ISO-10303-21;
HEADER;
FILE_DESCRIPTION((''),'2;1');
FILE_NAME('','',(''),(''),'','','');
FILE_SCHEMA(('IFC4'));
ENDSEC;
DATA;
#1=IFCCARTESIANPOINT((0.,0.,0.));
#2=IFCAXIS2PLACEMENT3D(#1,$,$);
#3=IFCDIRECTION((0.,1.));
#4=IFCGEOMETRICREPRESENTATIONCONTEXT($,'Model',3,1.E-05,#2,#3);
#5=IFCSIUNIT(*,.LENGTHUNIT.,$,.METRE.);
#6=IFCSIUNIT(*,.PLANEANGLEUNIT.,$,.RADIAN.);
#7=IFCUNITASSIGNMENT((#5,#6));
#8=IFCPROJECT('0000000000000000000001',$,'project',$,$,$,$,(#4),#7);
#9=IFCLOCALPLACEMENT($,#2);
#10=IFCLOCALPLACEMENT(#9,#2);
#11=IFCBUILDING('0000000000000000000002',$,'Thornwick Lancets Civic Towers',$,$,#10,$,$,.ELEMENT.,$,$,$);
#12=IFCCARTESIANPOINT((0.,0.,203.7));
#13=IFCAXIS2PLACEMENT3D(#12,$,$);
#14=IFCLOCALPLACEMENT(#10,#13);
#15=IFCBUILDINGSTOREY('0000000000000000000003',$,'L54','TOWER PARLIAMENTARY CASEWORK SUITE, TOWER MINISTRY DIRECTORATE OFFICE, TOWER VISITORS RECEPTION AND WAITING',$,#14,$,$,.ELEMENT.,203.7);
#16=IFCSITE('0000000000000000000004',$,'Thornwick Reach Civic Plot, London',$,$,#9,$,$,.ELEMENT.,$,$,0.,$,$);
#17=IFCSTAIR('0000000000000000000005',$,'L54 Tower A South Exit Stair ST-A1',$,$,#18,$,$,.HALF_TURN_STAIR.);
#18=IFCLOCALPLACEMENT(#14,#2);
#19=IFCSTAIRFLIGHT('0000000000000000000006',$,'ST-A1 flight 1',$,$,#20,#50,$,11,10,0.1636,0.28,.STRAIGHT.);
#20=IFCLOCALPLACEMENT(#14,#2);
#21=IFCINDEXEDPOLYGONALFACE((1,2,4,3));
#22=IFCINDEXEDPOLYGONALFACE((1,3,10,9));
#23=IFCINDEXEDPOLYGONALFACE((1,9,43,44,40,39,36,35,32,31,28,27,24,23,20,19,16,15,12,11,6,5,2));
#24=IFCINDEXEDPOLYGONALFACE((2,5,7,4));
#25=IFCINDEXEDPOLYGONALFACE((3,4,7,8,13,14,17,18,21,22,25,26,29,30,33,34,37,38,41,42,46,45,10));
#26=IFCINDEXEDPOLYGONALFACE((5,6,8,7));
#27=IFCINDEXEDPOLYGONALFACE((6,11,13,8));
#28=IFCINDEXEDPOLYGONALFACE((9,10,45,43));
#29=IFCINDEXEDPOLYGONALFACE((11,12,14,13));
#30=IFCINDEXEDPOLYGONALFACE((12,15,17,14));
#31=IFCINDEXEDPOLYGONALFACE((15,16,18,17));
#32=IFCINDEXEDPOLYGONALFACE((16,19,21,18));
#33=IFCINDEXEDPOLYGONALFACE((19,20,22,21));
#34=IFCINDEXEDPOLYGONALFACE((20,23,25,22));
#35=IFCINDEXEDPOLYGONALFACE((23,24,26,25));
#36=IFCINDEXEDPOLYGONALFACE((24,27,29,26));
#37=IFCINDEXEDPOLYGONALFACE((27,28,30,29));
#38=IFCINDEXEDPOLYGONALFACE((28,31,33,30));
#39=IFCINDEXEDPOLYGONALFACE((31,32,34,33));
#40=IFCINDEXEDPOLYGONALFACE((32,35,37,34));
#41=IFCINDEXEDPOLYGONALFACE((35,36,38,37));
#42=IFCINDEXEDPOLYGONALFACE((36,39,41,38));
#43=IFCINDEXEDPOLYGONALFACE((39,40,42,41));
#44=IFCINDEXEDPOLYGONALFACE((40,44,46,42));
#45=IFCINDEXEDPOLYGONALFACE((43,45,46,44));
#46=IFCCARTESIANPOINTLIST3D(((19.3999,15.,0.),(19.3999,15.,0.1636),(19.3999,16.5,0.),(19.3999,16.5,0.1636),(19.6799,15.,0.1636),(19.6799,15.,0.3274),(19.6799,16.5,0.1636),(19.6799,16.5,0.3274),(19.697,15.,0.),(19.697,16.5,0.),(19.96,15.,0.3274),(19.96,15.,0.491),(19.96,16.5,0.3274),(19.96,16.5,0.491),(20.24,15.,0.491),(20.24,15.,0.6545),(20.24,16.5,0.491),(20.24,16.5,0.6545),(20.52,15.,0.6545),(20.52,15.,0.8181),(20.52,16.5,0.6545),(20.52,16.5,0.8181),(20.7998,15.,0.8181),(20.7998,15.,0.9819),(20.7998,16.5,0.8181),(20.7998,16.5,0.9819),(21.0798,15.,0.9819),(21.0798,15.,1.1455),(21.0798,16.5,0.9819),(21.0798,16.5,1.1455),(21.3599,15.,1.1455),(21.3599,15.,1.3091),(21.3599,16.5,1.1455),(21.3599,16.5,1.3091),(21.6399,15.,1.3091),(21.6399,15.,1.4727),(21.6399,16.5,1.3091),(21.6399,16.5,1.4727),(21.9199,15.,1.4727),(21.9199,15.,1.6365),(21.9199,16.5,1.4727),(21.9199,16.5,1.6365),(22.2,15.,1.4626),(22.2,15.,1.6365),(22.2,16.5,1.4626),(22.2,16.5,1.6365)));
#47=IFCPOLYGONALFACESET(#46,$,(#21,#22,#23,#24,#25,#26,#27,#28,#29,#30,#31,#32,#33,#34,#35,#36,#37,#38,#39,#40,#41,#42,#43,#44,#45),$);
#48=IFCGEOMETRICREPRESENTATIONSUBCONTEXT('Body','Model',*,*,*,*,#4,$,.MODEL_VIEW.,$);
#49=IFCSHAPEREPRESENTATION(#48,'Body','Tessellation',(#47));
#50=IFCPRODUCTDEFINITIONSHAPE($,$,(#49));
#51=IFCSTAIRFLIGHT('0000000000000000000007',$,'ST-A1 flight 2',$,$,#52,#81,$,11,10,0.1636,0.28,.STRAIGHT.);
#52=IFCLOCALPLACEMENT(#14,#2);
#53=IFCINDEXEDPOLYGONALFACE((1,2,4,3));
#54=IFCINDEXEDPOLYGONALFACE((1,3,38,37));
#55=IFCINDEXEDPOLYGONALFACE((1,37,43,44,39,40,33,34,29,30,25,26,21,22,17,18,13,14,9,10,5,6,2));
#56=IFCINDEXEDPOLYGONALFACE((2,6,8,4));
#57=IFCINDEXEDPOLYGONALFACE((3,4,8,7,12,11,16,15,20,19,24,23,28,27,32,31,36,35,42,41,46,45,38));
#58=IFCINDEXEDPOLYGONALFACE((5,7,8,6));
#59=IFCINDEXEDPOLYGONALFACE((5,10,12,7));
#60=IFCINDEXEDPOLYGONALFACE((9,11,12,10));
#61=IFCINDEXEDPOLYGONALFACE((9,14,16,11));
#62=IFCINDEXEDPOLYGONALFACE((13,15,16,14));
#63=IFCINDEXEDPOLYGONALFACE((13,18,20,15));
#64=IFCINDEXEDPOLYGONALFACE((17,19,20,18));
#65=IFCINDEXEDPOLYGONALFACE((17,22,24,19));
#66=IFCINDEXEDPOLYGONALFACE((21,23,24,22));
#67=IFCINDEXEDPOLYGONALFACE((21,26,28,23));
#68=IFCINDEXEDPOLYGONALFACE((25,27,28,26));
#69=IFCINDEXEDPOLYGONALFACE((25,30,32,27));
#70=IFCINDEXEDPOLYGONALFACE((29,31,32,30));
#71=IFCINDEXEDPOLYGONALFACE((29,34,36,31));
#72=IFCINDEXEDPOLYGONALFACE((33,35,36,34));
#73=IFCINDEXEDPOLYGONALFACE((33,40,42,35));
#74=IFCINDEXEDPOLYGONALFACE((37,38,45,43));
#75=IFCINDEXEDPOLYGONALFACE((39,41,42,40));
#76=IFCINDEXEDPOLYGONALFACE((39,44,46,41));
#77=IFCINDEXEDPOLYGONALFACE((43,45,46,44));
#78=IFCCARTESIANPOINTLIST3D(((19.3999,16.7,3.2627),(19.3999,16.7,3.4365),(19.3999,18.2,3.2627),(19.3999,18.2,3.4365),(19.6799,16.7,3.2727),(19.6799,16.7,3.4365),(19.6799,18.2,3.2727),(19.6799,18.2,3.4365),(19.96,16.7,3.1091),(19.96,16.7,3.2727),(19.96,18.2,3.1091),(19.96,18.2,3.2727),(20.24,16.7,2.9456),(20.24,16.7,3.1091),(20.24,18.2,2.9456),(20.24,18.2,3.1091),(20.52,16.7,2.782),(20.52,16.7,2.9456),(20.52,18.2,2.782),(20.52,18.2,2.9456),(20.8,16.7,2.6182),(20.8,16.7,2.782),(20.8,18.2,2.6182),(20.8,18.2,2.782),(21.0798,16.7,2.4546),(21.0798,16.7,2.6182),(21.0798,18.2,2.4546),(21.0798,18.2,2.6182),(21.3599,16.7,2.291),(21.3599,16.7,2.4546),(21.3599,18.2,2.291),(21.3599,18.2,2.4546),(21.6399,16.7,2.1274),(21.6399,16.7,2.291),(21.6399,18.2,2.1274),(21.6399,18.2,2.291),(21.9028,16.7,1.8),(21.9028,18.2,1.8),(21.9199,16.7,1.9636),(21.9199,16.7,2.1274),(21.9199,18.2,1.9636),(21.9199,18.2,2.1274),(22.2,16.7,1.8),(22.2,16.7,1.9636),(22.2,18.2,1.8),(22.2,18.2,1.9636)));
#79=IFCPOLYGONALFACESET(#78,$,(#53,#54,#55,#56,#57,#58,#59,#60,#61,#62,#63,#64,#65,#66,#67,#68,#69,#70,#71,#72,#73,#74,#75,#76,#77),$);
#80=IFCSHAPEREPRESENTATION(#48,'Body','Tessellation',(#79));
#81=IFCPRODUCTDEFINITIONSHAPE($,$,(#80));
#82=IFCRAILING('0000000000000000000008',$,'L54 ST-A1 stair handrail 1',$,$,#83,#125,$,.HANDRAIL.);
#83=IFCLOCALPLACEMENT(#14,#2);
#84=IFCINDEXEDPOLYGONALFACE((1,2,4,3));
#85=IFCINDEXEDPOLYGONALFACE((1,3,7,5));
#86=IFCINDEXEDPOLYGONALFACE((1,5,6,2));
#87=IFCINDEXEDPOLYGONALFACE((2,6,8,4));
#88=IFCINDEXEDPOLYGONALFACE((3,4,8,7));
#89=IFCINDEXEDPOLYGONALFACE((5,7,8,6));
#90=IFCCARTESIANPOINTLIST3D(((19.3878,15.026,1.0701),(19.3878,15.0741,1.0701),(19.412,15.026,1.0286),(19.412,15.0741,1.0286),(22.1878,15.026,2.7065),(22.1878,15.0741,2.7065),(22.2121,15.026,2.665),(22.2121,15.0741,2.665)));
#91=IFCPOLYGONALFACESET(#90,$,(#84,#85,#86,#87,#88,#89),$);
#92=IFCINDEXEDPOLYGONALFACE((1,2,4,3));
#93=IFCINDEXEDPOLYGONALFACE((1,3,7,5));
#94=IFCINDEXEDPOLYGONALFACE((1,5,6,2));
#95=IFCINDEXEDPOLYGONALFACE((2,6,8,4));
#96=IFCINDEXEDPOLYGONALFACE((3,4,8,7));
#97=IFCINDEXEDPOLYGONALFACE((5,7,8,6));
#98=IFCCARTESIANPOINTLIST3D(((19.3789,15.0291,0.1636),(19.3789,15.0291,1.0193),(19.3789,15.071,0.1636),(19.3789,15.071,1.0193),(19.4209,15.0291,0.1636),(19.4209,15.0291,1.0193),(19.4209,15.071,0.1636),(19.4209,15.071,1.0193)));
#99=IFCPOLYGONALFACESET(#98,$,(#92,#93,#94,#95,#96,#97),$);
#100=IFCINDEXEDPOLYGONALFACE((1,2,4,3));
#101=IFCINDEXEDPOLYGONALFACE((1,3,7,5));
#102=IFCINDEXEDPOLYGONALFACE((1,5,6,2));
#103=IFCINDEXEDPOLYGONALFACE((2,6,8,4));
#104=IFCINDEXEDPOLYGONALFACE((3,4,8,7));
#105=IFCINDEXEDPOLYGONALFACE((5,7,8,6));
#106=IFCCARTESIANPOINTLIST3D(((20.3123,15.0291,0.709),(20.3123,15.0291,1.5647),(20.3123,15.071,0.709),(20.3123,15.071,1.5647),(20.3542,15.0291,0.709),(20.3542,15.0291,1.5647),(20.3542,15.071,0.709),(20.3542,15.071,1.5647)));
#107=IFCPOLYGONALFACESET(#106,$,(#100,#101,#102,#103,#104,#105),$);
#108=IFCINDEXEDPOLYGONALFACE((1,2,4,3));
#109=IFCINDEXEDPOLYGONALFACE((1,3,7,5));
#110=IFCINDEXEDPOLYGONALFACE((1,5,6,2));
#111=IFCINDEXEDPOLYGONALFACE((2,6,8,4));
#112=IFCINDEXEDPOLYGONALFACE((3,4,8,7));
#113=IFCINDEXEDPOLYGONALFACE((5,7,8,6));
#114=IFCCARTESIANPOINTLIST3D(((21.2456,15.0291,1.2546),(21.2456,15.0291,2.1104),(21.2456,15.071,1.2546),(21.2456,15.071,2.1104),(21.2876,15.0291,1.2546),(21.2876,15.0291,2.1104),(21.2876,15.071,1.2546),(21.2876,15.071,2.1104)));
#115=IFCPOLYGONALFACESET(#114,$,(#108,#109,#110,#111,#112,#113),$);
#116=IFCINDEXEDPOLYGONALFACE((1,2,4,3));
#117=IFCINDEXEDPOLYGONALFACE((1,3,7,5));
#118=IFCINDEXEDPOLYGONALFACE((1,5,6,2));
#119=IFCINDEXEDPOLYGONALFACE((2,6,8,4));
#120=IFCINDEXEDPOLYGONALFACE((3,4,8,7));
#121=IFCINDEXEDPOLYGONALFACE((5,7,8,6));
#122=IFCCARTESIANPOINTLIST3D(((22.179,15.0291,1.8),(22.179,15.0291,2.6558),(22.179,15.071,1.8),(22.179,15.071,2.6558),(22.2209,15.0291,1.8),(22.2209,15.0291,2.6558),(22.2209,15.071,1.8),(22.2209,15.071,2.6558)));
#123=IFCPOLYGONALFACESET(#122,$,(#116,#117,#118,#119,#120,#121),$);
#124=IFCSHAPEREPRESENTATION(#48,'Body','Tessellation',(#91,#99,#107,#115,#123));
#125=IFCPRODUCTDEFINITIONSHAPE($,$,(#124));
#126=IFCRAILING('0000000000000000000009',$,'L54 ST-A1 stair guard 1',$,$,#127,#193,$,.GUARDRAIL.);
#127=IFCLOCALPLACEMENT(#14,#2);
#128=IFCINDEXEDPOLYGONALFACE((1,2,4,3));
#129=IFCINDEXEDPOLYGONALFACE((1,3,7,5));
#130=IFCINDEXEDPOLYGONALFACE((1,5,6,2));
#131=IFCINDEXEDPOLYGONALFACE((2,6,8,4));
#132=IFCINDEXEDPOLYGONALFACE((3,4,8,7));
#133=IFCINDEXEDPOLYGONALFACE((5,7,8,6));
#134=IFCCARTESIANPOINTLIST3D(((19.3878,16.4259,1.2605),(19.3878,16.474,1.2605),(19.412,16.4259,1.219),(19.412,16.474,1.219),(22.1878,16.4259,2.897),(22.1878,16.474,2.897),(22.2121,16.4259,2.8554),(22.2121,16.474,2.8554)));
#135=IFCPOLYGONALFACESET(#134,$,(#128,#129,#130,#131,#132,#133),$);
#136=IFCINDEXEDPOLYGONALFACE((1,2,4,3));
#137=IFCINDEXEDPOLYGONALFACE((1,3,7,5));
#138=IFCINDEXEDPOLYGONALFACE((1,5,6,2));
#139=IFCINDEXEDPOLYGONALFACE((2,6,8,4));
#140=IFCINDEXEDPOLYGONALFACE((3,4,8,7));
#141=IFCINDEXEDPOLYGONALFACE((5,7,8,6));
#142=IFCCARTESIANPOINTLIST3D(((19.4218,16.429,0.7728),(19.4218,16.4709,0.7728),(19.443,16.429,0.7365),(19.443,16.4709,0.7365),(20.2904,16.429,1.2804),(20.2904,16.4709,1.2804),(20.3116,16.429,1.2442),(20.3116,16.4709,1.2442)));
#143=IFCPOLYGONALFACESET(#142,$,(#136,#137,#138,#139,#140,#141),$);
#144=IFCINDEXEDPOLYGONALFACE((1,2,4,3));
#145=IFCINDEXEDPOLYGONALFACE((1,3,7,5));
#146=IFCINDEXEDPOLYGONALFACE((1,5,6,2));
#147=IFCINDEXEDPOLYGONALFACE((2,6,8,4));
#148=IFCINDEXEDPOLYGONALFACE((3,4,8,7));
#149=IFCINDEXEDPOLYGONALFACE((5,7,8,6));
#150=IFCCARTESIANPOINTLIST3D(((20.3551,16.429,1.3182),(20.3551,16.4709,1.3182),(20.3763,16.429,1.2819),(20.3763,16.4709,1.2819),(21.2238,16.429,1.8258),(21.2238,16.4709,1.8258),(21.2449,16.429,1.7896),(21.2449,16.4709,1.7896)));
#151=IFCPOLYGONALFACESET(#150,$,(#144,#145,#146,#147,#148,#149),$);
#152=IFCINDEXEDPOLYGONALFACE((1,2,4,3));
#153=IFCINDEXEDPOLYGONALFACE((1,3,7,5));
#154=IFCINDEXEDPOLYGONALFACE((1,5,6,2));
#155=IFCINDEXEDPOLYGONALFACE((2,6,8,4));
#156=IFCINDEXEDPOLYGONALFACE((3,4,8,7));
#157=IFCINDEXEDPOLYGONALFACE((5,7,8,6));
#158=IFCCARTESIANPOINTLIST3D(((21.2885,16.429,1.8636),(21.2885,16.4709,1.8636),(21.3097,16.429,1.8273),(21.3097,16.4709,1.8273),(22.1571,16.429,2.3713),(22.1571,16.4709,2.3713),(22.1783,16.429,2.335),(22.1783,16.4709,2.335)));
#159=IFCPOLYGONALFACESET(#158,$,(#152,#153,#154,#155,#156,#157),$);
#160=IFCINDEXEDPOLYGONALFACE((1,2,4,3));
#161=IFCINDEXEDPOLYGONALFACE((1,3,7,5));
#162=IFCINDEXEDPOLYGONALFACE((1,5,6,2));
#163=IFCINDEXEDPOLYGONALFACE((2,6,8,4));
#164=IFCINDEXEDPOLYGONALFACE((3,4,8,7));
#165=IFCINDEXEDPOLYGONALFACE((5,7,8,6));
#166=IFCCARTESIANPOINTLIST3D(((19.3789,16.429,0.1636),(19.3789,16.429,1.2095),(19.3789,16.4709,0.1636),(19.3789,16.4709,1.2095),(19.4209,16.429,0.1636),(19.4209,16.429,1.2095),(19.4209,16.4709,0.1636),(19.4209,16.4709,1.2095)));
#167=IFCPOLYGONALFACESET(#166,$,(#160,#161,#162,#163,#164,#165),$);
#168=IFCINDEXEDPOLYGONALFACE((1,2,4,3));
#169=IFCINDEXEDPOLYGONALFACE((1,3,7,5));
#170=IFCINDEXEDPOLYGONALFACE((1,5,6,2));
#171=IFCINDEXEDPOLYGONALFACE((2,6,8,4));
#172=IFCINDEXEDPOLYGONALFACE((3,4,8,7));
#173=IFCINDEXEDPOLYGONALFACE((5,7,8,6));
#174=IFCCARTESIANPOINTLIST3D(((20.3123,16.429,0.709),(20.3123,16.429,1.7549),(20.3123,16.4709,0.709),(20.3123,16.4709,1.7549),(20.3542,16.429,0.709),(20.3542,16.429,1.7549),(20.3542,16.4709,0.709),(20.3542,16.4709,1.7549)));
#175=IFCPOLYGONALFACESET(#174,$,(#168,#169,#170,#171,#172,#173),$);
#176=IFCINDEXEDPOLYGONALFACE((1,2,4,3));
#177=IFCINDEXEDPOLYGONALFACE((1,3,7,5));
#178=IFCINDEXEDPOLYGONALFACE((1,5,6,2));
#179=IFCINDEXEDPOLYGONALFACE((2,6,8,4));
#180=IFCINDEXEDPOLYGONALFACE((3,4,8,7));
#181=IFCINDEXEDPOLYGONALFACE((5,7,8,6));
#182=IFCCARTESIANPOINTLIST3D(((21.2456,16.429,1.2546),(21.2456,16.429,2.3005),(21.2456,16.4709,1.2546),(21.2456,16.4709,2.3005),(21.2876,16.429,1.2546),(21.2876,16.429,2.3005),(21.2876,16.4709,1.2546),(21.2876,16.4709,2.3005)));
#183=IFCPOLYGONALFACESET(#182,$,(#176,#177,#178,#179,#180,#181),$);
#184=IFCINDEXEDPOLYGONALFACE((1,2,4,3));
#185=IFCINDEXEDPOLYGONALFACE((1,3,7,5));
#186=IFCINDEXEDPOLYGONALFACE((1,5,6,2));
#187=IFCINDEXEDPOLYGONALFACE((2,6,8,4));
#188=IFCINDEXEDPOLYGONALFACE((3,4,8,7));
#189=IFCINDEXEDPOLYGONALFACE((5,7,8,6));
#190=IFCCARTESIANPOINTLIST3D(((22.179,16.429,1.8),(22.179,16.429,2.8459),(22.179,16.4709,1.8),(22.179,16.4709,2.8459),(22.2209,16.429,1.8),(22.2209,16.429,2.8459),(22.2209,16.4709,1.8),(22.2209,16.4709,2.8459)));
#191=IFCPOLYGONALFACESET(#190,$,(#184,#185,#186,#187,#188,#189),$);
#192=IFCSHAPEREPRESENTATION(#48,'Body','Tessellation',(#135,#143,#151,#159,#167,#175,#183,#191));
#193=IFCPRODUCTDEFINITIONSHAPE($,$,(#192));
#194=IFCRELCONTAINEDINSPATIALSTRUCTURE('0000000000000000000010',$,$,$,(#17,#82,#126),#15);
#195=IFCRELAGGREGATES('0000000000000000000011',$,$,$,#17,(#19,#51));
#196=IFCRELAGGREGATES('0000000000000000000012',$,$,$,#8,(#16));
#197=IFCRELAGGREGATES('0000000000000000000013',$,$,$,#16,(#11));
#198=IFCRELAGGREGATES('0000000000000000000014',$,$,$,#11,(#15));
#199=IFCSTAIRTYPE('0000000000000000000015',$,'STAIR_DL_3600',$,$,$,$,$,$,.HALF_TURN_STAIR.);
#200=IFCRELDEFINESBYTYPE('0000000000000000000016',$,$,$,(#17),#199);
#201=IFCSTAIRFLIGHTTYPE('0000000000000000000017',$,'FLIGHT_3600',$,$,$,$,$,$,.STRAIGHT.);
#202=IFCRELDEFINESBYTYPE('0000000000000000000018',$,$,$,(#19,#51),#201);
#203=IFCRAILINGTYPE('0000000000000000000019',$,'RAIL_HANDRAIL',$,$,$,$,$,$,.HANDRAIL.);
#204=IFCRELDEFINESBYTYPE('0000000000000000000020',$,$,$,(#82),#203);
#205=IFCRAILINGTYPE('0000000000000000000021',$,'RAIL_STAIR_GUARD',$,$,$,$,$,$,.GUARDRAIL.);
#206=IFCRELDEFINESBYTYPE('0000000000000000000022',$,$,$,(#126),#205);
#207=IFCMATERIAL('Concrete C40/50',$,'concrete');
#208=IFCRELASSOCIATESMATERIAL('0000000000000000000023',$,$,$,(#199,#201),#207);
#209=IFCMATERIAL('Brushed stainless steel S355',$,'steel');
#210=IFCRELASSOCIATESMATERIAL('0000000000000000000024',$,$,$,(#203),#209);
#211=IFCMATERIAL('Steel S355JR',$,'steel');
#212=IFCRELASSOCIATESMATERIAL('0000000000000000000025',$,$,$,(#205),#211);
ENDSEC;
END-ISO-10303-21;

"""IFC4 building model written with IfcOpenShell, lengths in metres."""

from ifc_helpers import new_model, si_unit, direction, frame, origin, origin_2d, place, context, subcontext, project, spatial, polyline, rectangle, outline, extrude, material, type_object, element, aggregate, save


model = new_model("IFC4")

# Units and contexts
model_context = context("Model", 3, precision=1e-05, world=origin(), true_north=direction((0.0, 1.0)))
body_context = subcontext(model_context, "Body", "Model", "MODEL_VIEW")
ifc_project = project(units=[si_unit("LENGTHUNIT", "METRE"), si_unit("PLANEANGLEUNIT", "RADIAN")], contexts=[model_context])

# Site, building, storey
site_placement = place(None, origin())
site = spatial("IfcSite", under=ifc_project, at=site_placement, Name="Thornwick Reach Civic Plot, London", CompositionType="ELEMENT", RefElevation=0.0)
building_placement = place(site_placement, origin())
building = spatial("IfcBuilding", under=site, at=building_placement, Name="Thornwick Lancets Civic Towers", CompositionType="ELEMENT")
storey_placement = place(building_placement, frame((0.0, 0.0, 203.7)))
storey = spatial("IfcBuildingStorey", under=building, at=storey_placement, Name="L54", Description="TOWER PARLIAMENTARY CASEWORK SUITE, TOWER MINISTRY DIRECTORATE OFFICE, TOWER VISITORS RECEPTION AND WAITING", CompositionType="ELEMENT", Elevation=203.7)

# Shared definitions
ifc_material_1 = material(Name="Steel S355JR", Category="steel")

# Shared definitions
ifc_material_2 = material(Name="Concrete C40/50", Category="concrete")

# Stair, stair flights
stair_type = type_object("IfcStairType", Name="STAIR_DL_3600", PredefinedType="HALF_TURN_STAIR", material=ifc_material_2)
stair_placement = place(storey_placement, origin())
stair = element("IfcStair", 1, at=stair_placement, inside=storey, type_object=stair_type, Name="L54 Tower A South Exit Stair ST-A1", PredefinedType="HALF_TURN_STAIR")
stair_flight_type = type_object("IfcStairFlightType", Name="FLIGHT_3600", PredefinedType="STRAIGHT", material=ifc_material_2)
stair_flight_1_placement = place(storey_placement, frame((19.3999, 15.75, 0.0), z_axis=(0.0, 0.0, 1.0), x_axis=(1.0, 0.0, 0.0)))
stair_flight_1 = element("IfcStairFlight", 2, at=stair_flight_1_placement, type_object=stair_flight_type, Name="ST-A1 flight 1", NumberOfRisers=11, NumberOfTreads=10, PredefinedType="STRAIGHT", RiserHeight=0.1636, TreadLength=0.28, context=body_context, shape_type="SweptSolid", body=[
    extrude(outline(polyline([(0.0, 0.0), (0.0, 0.1636), (0.28, 0.1636), (0.28, 0.3274), (0.5601, 0.3274), (0.5601, 0.491), (0.8401, 0.491), (0.8401, 0.6545), (1.1201, 0.6545), (1.1201, 0.8181), (1.3999, 0.8181), (1.3999, 0.9819), (1.6799, 0.9819), (1.6799, 1.1455), (1.96, 1.1455), (1.96, 1.3091), (2.24, 1.3091), (2.24, 1.4727), (2.52, 1.4727), (2.52, 1.6365), (2.8, 1.6365), (2.8, 1.8), (2.8, 1.4626), (0.2971, 0.0), (0.0, 0.0)])), frame((0.0, 0.75, 0.0), z_axis=(0.0, -1.0, 0.0), x_axis=(1.0, 0.0, 0.0)), (0.0, 0.0, 1.0), 1.5),
])
stair_flight_2_placement = place(storey_placement, frame((22.2, 17.45, 1.8), z_axis=(0.0, 0.0, 1.0), x_axis=(-1.0, 0.0, 0.0)))
stair_flight_2 = element("IfcStairFlight", 3, at=stair_flight_2_placement, type_object=stair_flight_type, Name="ST-A1 flight 2", NumberOfRisers=11, NumberOfTreads=10, PredefinedType="STRAIGHT", RiserHeight=0.1636, TreadLength=0.28, context=body_context, shape_type="SweptSolid", body=[
    extrude(outline(polyline([(0.0, 0.0), (0.0, 0.1636), (0.28, 0.1636), (0.28, 0.3274), (0.5601, 0.3274), (0.5601, 0.491), (0.8401, 0.491), (0.8401, 0.6545), (1.1201, 0.6545), (1.1201, 0.8181), (1.3999, 0.8181), (1.3999, 0.9819), (1.6799, 0.9819), (1.6799, 1.1455), (1.96, 1.1455), (1.96, 1.3091), (2.24, 1.3091), (2.24, 1.4727), (2.52, 1.4727), (2.52, 1.6365), (2.8, 1.6365), (2.8, 1.8), (2.8, 1.4626), (0.2971, 0.0), (0.0, 0.0)])), frame((0.0, 0.75, 0.0), z_axis=(0.0, -1.0, 0.0), x_axis=(1.0, 0.0, 0.0)), (0.0, 0.0, 1.0), 1.5),
])
aggregate(stair, [stair_flight_1, stair_flight_2])

# Railings
ifc_material_3 = material(Name="Brushed stainless steel S355", Category="steel")
railing_type_1 = type_object("IfcRailingType", Name="RAIL_HANDRAIL", PredefinedType="HANDRAIL", material=ifc_material_3)
railing_1_placement = place(storey_placement, frame((19.3999, 15.05, 0.1636)))
element("IfcRailing", 4, at=railing_1_placement, inside=storey, type_object=railing_type_1, Name="L54 ST-A1 stair handrail 1", PredefinedType="HANDRAIL", context=body_context, shape_type="SweptSolid", body=[
    extrude(rectangle(XDim=0.0481, YDim=0.0481, at=origin_2d()), frame((0.0, 0.0, 0.8857), z_axis=(0.863361, 0.0, 0.504587), x_axis=(0.0, 1.0, 0.0)), (0.0, 0.0, 1.0), 3.2432),
    extrude(rectangle(XDim=0.042, YDim=0.042, at=origin_2d()), origin(), (0.0, 0.0, 1.0), 0.8557),
    extrude(rectangle(XDim=0.042, YDim=0.042, at=origin_2d()), frame((0.9333, 0.0, 0.5454)), (0.0, 0.0, 1.0), 0.8557),
    extrude(rectangle(XDim=0.042, YDim=0.042, at=origin_2d()), frame((1.8667, 0.0, 1.0911)), (0.0, 0.0, 1.0), 0.8557),
    extrude(rectangle(XDim=0.042, YDim=0.042, at=origin_2d()), frame((2.8, 0.0, 1.6365)), (0.0, 0.0, 1.0), 0.8557),
])
railing_type_2 = type_object("IfcRailingType", Name="RAIL_STAIR_GUARD", PredefinedType="GUARDRAIL", material=ifc_material_1)
railing_2_placement = place(storey_placement, frame((19.3999, 16.45, 0.1636)))
element("IfcRailing", 5, at=railing_2_placement, inside=storey, type_object=railing_type_2, Name="L54 ST-A1 stair guard 1", PredefinedType="GUARDRAIL", context=body_context, shape_type="SweptSolid", body=[
    extrude(rectangle(XDim=0.0481, YDim=0.0481, at=origin_2d()), frame((0.0, 0.0, 1.0762), z_axis=(0.863361, 0.0, 0.504587), x_axis=(0.0, 1.0, 0.0)), (0.0, 0.0, 1.0), 3.2432),
    extrude(rectangle(XDim=0.042, YDim=0.042, at=origin_2d()), frame((0.0325, 0.0, 0.5911), z_axis=(0.863361, 0.0, 0.504587), x_axis=(0.0, 1.0, 0.0)), (0.0, 0.0, 1.0), 1.0061),
    extrude(rectangle(XDim=0.042, YDim=0.042, at=origin_2d()), frame((0.9658, 0.0, 1.1365), z_axis=(0.863361, 0.0, 0.504587), x_axis=(0.0, 1.0, 0.0)), (0.0, 0.0, 1.0), 1.0061),
    extrude(rectangle(XDim=0.042, YDim=0.042, at=origin_2d()), frame((1.8992, 0.0, 1.6819), z_axis=(0.863361, 0.0, 0.504587), x_axis=(0.0, 1.0, 0.0)), (0.0, 0.0, 1.0), 1.0061),
    extrude(rectangle(XDim=0.042, YDim=0.042, at=origin_2d()), origin(), (0.0, 0.0, 1.0), 1.0459),
    extrude(rectangle(XDim=0.042, YDim=0.042, at=origin_2d()), frame((0.9333, 0.0, 0.5454)), (0.0, 0.0, 1.0), 1.0459),
    extrude(rectangle(XDim=0.042, YDim=0.042, at=origin_2d()), frame((1.8667, 0.0, 1.0911)), (0.0, 0.0, 1.0), 1.0459),
    extrude(rectangle(XDim=0.042, YDim=0.042, at=origin_2d()), frame((2.8, 0.0, 1.6365)), (0.0, 0.0, 1.0), 1.0459),
])

save(model, "model.ifc")
